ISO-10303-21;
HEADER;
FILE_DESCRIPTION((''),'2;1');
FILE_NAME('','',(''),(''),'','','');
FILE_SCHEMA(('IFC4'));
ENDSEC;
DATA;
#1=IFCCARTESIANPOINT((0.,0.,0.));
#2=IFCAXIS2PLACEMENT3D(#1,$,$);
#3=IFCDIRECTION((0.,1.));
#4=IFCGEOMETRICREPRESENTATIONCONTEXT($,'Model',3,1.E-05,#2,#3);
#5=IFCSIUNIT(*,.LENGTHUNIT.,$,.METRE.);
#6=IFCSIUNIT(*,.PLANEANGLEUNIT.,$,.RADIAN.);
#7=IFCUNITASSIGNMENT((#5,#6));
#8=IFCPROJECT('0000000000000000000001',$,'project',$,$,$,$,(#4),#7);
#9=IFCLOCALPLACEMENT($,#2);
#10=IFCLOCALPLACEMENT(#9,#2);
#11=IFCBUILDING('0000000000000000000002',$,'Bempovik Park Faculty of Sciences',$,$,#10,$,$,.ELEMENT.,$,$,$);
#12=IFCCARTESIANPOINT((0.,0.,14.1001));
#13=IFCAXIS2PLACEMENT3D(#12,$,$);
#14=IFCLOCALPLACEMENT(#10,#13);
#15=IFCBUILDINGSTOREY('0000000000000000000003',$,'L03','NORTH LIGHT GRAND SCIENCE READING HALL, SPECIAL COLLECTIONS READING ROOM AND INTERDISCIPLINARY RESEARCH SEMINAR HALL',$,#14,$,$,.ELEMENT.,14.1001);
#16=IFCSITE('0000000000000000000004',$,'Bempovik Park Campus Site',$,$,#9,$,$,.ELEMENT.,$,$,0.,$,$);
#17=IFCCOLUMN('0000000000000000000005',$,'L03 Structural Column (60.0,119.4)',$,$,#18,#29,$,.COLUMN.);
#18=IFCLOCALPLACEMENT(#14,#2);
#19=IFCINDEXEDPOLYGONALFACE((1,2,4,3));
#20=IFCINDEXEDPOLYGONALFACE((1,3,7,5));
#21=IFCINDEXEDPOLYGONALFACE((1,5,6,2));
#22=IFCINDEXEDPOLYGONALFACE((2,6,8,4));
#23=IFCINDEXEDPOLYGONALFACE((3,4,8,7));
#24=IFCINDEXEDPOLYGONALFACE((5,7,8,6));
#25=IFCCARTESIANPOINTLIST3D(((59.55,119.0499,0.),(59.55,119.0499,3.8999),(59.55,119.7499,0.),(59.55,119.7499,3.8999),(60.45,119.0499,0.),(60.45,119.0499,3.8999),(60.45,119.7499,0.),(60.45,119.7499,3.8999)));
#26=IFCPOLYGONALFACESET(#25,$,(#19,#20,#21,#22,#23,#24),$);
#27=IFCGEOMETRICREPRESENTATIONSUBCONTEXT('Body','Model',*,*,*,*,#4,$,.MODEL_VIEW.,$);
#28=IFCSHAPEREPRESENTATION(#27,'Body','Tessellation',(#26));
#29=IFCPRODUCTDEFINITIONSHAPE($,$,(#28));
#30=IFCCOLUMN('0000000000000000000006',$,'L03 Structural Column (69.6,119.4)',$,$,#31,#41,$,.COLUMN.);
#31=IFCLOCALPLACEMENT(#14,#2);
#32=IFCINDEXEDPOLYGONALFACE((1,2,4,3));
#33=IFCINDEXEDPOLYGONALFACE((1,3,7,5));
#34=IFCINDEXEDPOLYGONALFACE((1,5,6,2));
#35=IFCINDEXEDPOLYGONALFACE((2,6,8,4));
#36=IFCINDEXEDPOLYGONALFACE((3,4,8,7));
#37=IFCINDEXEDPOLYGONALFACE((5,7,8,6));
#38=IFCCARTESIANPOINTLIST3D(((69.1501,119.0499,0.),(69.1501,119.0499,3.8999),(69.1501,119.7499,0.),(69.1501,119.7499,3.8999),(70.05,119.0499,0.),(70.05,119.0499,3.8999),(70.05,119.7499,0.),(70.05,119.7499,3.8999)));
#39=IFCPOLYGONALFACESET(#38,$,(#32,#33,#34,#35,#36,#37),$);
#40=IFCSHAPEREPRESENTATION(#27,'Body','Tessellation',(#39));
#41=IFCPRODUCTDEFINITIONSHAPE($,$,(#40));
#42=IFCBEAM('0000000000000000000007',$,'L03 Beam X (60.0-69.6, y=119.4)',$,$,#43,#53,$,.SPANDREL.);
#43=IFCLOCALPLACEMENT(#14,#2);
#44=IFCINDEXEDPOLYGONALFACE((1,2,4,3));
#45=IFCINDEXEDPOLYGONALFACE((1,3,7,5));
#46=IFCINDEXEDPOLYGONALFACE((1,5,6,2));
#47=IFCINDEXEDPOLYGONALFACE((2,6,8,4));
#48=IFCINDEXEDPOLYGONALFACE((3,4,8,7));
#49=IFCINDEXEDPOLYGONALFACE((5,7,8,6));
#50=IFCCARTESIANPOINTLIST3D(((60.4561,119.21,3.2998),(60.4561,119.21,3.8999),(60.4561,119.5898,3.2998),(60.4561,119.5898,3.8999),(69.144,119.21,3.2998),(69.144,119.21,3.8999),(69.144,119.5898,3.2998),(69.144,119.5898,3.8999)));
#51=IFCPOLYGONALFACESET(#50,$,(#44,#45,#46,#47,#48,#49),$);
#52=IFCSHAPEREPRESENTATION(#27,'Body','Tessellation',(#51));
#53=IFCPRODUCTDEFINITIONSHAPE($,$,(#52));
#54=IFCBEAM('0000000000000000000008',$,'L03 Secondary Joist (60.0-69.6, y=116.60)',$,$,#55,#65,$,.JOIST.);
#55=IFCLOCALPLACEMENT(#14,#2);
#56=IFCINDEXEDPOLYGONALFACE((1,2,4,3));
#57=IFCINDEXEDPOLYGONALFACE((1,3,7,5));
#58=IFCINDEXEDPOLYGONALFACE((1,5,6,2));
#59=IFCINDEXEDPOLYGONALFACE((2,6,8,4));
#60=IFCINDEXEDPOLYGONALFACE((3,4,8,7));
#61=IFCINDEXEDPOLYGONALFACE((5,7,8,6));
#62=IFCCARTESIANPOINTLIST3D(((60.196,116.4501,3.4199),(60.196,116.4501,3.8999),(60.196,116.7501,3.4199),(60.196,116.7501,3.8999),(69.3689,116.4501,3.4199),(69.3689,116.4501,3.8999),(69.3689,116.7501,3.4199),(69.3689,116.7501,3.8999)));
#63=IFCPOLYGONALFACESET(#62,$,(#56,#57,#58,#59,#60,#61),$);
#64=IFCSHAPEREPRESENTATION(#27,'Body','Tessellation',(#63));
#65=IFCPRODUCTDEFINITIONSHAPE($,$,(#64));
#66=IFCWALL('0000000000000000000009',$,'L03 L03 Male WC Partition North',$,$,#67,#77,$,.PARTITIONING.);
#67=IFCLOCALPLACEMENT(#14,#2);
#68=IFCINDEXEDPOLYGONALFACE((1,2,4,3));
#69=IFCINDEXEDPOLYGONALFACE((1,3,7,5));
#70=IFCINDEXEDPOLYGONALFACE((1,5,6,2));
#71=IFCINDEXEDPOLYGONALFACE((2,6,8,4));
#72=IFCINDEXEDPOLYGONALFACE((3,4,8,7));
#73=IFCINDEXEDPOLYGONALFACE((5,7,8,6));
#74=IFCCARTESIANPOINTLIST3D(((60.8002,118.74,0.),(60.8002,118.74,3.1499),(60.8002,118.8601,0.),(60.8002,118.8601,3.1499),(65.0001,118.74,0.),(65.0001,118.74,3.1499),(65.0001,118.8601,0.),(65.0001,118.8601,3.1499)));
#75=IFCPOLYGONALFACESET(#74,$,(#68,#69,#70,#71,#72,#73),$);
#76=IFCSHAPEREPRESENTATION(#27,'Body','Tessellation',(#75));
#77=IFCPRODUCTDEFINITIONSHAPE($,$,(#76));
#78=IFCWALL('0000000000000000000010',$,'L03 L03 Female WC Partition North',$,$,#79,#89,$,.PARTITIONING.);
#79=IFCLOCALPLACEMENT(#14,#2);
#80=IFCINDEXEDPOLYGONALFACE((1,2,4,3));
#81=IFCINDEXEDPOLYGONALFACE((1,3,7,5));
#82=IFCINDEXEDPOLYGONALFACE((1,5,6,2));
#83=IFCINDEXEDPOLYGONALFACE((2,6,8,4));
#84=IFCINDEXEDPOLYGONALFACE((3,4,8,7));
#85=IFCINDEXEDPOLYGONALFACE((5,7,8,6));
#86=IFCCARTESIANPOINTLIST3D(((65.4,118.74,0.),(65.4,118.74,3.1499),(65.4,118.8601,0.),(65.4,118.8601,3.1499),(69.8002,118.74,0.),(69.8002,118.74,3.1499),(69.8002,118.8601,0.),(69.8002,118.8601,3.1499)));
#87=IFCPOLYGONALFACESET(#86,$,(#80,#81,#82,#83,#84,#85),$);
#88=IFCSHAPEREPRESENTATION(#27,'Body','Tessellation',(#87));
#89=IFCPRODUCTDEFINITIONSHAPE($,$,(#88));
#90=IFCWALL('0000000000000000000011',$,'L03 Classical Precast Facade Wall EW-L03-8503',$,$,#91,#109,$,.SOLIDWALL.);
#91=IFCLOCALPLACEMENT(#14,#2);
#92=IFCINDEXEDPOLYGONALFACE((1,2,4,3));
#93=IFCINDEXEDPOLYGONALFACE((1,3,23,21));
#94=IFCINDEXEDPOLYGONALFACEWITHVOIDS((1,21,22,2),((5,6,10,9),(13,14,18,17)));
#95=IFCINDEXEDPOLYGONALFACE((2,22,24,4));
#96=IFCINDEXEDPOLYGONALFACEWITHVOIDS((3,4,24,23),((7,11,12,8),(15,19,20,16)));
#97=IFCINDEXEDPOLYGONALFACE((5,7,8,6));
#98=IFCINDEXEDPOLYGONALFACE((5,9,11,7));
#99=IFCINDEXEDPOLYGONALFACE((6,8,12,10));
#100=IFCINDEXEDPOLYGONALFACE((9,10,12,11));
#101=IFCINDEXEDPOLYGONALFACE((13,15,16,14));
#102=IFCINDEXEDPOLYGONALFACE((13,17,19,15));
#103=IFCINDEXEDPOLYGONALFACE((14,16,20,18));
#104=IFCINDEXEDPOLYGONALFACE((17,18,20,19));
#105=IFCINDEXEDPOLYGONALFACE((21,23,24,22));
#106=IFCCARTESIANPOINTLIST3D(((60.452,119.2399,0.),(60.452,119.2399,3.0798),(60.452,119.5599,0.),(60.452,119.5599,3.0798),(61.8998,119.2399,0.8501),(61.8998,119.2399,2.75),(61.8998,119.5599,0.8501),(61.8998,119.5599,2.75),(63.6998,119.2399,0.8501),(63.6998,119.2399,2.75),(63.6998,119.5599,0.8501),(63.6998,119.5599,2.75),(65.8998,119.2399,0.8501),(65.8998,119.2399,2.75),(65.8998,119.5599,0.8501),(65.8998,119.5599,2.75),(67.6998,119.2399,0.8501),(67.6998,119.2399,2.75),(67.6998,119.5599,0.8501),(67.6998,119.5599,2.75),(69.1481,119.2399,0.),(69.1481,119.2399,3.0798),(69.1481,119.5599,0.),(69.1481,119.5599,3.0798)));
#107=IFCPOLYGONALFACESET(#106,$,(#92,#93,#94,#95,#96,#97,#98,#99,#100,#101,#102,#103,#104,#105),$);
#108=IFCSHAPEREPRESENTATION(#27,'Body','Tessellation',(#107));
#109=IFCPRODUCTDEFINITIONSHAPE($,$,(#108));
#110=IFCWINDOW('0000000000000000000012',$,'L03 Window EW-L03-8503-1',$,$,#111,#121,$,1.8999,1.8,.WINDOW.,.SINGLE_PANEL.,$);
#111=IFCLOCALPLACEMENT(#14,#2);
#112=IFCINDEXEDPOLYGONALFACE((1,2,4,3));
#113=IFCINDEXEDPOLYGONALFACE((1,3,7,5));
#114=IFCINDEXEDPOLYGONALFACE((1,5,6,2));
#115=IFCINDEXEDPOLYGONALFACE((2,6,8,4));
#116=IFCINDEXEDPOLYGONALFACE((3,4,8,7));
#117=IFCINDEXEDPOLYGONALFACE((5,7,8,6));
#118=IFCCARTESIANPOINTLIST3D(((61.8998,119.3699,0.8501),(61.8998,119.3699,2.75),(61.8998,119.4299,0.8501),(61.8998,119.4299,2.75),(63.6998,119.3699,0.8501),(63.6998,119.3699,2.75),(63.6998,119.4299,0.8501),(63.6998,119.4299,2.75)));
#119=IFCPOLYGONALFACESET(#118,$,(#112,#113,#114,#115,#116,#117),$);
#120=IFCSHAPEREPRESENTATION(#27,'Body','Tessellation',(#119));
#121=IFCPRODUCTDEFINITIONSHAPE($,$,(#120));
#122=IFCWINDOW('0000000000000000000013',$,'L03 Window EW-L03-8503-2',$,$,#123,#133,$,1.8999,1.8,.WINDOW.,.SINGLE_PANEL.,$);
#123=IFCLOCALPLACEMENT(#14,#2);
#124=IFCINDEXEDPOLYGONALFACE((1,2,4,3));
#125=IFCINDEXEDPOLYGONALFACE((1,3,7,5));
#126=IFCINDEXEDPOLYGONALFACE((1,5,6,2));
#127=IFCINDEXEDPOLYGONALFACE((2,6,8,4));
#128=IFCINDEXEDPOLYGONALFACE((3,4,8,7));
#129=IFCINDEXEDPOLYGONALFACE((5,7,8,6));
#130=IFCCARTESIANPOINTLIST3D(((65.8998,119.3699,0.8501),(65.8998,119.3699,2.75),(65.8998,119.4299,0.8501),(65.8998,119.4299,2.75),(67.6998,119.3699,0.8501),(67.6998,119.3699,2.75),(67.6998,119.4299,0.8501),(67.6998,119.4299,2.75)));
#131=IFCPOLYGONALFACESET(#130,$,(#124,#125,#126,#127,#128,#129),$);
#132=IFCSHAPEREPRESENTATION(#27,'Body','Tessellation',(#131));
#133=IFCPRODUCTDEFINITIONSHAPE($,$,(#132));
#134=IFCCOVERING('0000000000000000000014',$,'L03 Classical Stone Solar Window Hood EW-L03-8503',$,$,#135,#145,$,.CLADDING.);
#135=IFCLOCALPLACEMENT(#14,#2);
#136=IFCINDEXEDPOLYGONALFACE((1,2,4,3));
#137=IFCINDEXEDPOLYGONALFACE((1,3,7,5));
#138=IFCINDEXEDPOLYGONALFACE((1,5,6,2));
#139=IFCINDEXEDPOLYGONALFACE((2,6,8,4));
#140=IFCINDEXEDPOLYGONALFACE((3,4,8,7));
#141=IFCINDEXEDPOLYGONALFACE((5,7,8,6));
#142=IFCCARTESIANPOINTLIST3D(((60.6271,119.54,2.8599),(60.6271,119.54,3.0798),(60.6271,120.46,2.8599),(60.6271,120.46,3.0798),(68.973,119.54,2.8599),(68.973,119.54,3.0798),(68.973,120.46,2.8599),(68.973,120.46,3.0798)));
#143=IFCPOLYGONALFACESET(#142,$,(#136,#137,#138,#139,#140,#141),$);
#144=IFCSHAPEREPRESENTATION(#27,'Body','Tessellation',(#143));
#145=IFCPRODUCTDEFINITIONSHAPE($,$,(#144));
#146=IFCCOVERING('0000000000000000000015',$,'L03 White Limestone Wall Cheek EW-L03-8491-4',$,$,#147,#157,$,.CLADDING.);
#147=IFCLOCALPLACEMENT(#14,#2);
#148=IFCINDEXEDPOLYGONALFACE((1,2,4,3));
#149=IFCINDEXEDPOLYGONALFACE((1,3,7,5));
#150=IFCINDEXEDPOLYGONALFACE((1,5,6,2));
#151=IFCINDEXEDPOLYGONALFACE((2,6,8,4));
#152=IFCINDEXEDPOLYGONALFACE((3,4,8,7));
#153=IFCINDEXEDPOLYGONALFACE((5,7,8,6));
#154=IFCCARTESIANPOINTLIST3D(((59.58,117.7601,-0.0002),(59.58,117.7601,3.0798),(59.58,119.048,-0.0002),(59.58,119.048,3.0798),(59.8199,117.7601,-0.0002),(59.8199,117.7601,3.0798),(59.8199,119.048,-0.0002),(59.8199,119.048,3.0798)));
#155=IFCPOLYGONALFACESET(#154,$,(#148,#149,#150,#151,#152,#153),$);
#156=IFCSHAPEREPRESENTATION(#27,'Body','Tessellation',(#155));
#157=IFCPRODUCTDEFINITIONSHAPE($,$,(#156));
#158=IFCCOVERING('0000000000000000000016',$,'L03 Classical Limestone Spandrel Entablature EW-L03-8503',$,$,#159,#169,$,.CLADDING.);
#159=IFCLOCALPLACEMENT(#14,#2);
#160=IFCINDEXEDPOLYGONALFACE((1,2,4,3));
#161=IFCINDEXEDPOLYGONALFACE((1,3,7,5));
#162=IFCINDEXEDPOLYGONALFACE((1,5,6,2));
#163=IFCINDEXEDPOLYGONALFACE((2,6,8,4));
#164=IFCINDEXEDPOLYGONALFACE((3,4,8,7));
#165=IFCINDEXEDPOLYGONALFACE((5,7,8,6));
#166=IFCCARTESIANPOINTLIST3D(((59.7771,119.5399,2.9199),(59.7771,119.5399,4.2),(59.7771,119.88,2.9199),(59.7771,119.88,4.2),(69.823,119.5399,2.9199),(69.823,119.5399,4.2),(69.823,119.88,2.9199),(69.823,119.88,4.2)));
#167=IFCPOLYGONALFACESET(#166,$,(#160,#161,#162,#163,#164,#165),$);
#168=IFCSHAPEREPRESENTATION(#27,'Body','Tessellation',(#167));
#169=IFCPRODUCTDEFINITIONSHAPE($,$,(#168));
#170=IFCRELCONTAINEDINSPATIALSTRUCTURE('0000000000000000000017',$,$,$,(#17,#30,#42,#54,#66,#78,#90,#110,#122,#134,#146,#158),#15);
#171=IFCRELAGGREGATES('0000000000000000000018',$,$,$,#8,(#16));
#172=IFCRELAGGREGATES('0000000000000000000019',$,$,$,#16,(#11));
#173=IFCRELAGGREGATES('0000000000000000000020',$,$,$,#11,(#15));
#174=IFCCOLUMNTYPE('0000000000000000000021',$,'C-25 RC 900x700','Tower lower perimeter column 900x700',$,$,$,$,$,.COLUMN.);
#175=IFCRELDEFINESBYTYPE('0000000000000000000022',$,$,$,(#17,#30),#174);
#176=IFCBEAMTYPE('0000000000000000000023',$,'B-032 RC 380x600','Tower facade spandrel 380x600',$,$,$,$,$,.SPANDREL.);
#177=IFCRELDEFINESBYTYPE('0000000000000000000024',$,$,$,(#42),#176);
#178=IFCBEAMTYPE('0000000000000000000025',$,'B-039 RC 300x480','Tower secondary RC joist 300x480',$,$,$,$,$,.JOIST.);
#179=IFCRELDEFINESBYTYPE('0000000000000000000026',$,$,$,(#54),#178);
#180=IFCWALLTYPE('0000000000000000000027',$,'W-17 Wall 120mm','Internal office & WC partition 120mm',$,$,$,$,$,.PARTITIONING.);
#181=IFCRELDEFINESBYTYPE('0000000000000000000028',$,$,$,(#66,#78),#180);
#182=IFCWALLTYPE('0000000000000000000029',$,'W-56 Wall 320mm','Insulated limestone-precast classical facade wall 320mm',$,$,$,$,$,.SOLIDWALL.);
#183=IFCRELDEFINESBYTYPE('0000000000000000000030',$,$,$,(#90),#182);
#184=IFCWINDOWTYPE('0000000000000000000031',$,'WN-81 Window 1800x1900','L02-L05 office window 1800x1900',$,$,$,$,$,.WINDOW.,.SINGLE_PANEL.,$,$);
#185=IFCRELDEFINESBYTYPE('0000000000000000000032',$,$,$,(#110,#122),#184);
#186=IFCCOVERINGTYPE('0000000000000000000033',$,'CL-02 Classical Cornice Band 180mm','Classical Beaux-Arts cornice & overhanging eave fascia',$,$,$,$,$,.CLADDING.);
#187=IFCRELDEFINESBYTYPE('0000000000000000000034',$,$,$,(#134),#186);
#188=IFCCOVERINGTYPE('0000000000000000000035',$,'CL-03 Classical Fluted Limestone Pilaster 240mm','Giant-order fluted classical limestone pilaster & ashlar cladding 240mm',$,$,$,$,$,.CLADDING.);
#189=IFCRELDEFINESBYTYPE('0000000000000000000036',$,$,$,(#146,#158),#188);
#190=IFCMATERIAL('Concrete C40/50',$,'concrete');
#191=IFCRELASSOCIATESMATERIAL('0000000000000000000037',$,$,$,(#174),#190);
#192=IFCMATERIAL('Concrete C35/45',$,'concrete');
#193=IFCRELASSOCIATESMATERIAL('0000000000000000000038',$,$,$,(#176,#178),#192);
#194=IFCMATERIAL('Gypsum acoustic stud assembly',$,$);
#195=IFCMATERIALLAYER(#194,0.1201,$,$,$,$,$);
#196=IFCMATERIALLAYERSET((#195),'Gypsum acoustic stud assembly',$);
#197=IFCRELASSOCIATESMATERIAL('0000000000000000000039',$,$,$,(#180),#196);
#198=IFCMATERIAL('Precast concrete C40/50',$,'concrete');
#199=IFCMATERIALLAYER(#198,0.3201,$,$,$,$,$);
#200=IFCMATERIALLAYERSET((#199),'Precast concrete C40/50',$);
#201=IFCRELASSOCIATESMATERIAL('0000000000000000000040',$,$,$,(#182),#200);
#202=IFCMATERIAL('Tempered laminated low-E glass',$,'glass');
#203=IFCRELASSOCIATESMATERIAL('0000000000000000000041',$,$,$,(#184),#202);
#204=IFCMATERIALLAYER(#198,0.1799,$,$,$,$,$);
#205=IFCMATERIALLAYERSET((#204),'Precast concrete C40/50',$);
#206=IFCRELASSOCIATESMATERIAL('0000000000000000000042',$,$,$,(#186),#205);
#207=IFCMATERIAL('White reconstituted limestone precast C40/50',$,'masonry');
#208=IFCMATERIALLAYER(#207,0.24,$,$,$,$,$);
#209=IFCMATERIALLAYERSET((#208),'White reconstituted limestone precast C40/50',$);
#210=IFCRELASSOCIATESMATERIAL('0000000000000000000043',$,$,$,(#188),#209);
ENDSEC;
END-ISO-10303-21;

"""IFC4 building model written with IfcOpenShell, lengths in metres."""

from ifc_helpers import new_model, si_unit, direction, frame, frame_2d, origin, origin_2d, place, context, subcontext, project, spatial, rectangle, extrude, material, layer, layer_set, material_profile, profile_set, type_object, element, fill, save


model = new_model("IFC4")

# Units and contexts
model_context = context("Model", 3, precision=1e-05, world=origin(), true_north=direction((0.0, 1.0)))
body_context = subcontext(model_context, "Body", "Model", "MODEL_VIEW")
ifc_project = project(units=[si_unit("LENGTHUNIT", "METRE"), si_unit("PLANEANGLEUNIT", "RADIAN")], contexts=[model_context])

# Site, building, storey
site_placement = place(None, origin())
site = spatial("IfcSite", under=ifc_project, at=site_placement, Name="Bempovik Park Campus Site", CompositionType="ELEMENT", RefElevation=0.0)
building_placement = place(site_placement, origin())
building = spatial("IfcBuilding", under=site, at=building_placement, Name="Bempovik Park Faculty of Sciences", CompositionType="ELEMENT")
storey_placement = place(building_placement, frame((0.0, 0.0, 14.1001)))
storey = spatial("IfcBuildingStorey", under=building, at=storey_placement, Name="L03", Description="NORTH LIGHT GRAND SCIENCE READING HALL, SPECIAL COLLECTIONS READING ROOM AND INTERDISCIPLINARY RESEARCH SEMINAR HALL", CompositionType="ELEMENT", Elevation=14.1001)

# Columns
ifc_material_1 = material(Name="Concrete C40/50", Category="concrete")
ifc_material_profile_1 = material_profile(ifc_material_1, rectangle(XDim=0.8999, YDim=0.7, at=origin_2d()), Name="RC 900x700")
ifc_profile_set_1 = profile_set([ifc_material_profile_1], Name="Concrete C40/50")
column_type = type_object("IfcColumnType", Name="C-25 RC 900x700", Description="Tower lower perimeter column 900x700", PredefinedType="COLUMN", material=ifc_profile_set_1)
for number, where, z_axis, x_axis, name in (
    (1, (60.0, 119.3999, 0.0), (0.0, 0.0, 1.0), (1.0, 0.0, 0.0), "L03 Structural Column (60.0,119.4)"),
    (2, (69.6001, 119.3999, 0.0), (0.0, 0.0, 1.0), (1.0, 0.0, 0.0), "L03 Structural Column (69.6,119.4)"),
):
    element("IfcColumn", number, at=place(storey_placement, frame(where, z_axis=z_axis, x_axis=x_axis)), inside=storey, type_object=column_type, Name=name, PredefinedType="COLUMN", context=body_context, shape_type="SweptSolid", body=[
        extrude(rectangle(XDim=0.8999, YDim=0.7, at=origin_2d()), origin(), (0.0, 0.0, 1.0), 3.8999),
    ])

# Beams
ifc_material_2 = material(Name="Concrete C35/45", Category="concrete")
ifc_material_profile_2 = material_profile(ifc_material_2, rectangle(XDim=0.3799, YDim=0.6001, at=origin_2d()), Name="RC 380x600")
ifc_profile_set_2 = profile_set([ifc_material_profile_2], Name="Concrete C35/45")
beam_type_1 = type_object("IfcBeamType", Name="B-032 RC 380x600", Description="Tower facade spandrel 380x600", PredefinedType="SPANDREL", material=ifc_profile_set_2)
beam_1_placement = place(storey_placement, frame((60.4561, 119.3999, 3.5999), z_axis=(1.0, 0.0, 0.0), x_axis=(0.0, 1.0, 0.0)))
element("IfcBeam", 3, at=beam_1_placement, inside=storey, type_object=beam_type_1, Name="L03 Beam X (60.0-69.6, y=119.4)", PredefinedType="SPANDREL", context=body_context, shape_type="SweptSolid", body=[
    extrude(rectangle(XDim=0.3799, YDim=0.6001, at=origin_2d()), origin(), (0.0, 0.0, 1.0), 8.688),
])
ifc_material_profile_3 = material_profile(ifc_material_2, rectangle(XDim=0.3, YDim=0.48, at=origin_2d()), Name="RC 300x480")
ifc_profile_set_3 = profile_set([ifc_material_profile_3], Name="Concrete C35/45")
beam_type_2 = type_object("IfcBeamType", Name="B-039 RC 300x480", Description="Tower secondary RC joist 300x480", PredefinedType="JOIST", material=ifc_profile_set_3)
beam_2_placement = place(storey_placement, frame((60.196, 116.6001, 3.6599), z_axis=(1.0, 0.0, 0.0), x_axis=(0.0, 1.0, 0.0)))
element("IfcBeam", 4, at=beam_2_placement, inside=storey, type_object=beam_type_2, Name="L03 Secondary Joist (60.0-69.6, y=116.60)", PredefinedType="JOIST", context=body_context, shape_type="SweptSolid", body=[
    extrude(rectangle(XDim=0.3, YDim=0.48, at=origin_2d()), origin(), (0.0, 0.0, 1.0), 9.1729),
])

# Walls
ifc_material_3 = material(Name="Gypsum acoustic stud assembly")
ifc_layer_1 = layer(ifc_material_3, 0.1201)
ifc_layer_set_1 = layer_set([ifc_layer_1], Name="Gypsum acoustic stud assembly")
wall_type_1 = type_object("IfcWallType", Name="W-17 Wall 120mm", Description="Internal office & WC partition 120mm", PredefinedType="PARTITIONING", material=ifc_layer_set_1)
wall_1_placement = place(storey_placement, frame((60.8, 118.8, 0.0), z_axis=(0.0, 0.0, 1.0), x_axis=(1.0, 0.0, 0.0)))
element("IfcWall", 5, at=wall_1_placement, inside=storey, type_object=wall_type_1, Name="L03 L03 Male WC Partition North", PredefinedType="PARTITIONING", context=body_context, shape_type="SweptSolid", body=[
    extrude(rectangle(XDim=4.2, YDim=0.1201, at=frame_2d((2.1001, 0.0))), origin(), (0.0, 0.0, 1.0), 3.1499),
])
wall_2_placement = place(storey_placement, frame((65.3999, 118.8, 0.0), z_axis=(0.0, 0.0, 1.0), x_axis=(1.0, 0.0, 0.0)))
element("IfcWall", 6, at=wall_2_placement, inside=storey, type_object=wall_type_1, Name="L03 L03 Female WC Partition North", PredefinedType="PARTITIONING", context=body_context, shape_type="SweptSolid", body=[
    extrude(rectangle(XDim=4.4001, YDim=0.1201, at=frame_2d((2.2002, 0.0))), origin(), (0.0, 0.0, 1.0), 3.1499),
])

# Wall, openings, windows
ifc_material_4 = material(Name="Precast concrete C40/50", Category="concrete")
ifc_layer_2 = layer(ifc_material_4, 0.3201)
ifc_layer_set_2 = layer_set([ifc_layer_2], Name="Precast concrete C40/50")
wall_type_2 = type_object("IfcWallType", Name="W-56 Wall 320mm", Description="Insulated limestone-precast classical facade wall 320mm", PredefinedType="SOLIDWALL", material=ifc_layer_set_2)
wall_3_placement = place(storey_placement, frame((60.4519, 119.3999, 0.0), z_axis=(0.0, 0.0, 1.0), x_axis=(1.0, 0.0, 0.0)))
wall_3 = element("IfcWall", 7, at=wall_3_placement, inside=storey, type_object=wall_type_2, Name="L03 Classical Precast Facade Wall EW-L03-8503", PredefinedType="SOLIDWALL", context=body_context, shape_type="SweptSolid", body=[
    extrude(rectangle(XDim=8.696, YDim=0.3201, at=frame_2d((4.3481, 0.0))), origin(), (0.0, 0.0, 1.0), 3.0798),
])
opening_1_placement = place(wall_3_placement, frame((1.448, 0.0, 0.8501)))
opening_1 = element("IfcOpeningElement", 8, at=opening_1_placement, cuts=wall_3, PredefinedType="OPENING", context=body_context, shape_type="SweptSolid", body=[
    extrude(rectangle(XDim=1.8, YDim=1.8999, at=frame_2d((0.8999, 0.95))), frame((0.0, 0.1699, 0.0), z_axis=(0.0, -1.0, 0.0), x_axis=(1.0, 0.0, 0.0)), (0.0, 0.0, 1.0), 0.3401),
])
opening_2_placement = place(wall_3_placement, frame((5.448, 0.0, 0.8501)))
opening_2 = element("IfcOpeningElement", 9, at=opening_2_placement, cuts=wall_3, PredefinedType="OPENING", context=body_context, shape_type="SweptSolid", body=[
    extrude(rectangle(XDim=1.8, YDim=1.8999, at=frame_2d((0.8999, 0.95))), frame((0.0, 0.1699, 0.0), z_axis=(0.0, -1.0, 0.0), x_axis=(1.0, 0.0, 0.0)), (0.0, 0.0, 1.0), 0.3401),
])
ifc_material_5 = material(Name="Tempered laminated low-E glass", Category="glass")
window_type = type_object("IfcWindowType", Name="WN-81 Window 1800x1900", Description="L02-L05 office window 1800x1900", PartitioningType="SINGLE_PANEL", PredefinedType="WINDOW", material=ifc_material_5)
window_1_placement = place(opening_1_placement, origin())
window_1 = element("IfcWindow", 10, at=window_1_placement, inside=storey, type_object=window_type, Name="L03 Window EW-L03-8503-1", OverallHeight=1.8999, OverallWidth=1.8, PartitioningType="SINGLE_PANEL", PredefinedType="WINDOW", context=body_context, shape_type="SweptSolid", body=[
    extrude(rectangle(XDim=1.8, YDim=1.8999, at=frame_2d((0.8999, 0.95))), frame((0.0, 0.03, 0.0), z_axis=(0.0, -1.0, 0.0), x_axis=(1.0, 0.0, 0.0)), (0.0, 0.0, 1.0), 0.0601),
])
fill(opening_1, window_1)
window_2_placement = place(opening_2_placement, origin())
window_2 = element("IfcWindow", 11, at=window_2_placement, inside=storey, type_object=window_type, Name="L03 Window EW-L03-8503-2", OverallHeight=1.8999, OverallWidth=1.8, PartitioningType="SINGLE_PANEL", PredefinedType="WINDOW", context=body_context, shape_type="SweptSolid", body=[
    extrude(rectangle(XDim=1.8, YDim=1.8999, at=frame_2d((0.8999, 0.95))), frame((0.0, 0.03, 0.0), z_axis=(0.0, -1.0, 0.0), x_axis=(1.0, 0.0, 0.0)), (0.0, 0.0, 1.0), 0.0601),
])
fill(opening_2, window_2)

# Coverings
ifc_layer_3 = layer(ifc_material_4, 0.1799)
ifc_layer_set_3 = layer_set([ifc_layer_3], Name="Precast concrete C40/50")
covering_type_1 = type_object("IfcCoveringType", Name="CL-02 Classical Cornice Band 180mm", Description="Classical Beaux-Arts cornice & overhanging eave fascia", PredefinedType="CLADDING", material=ifc_layer_set_3)
covering_1_placement = place(storey_placement, frame((64.8, 120.0, 2.8599), z_axis=(0.0, 0.0, 1.0), x_axis=(1.0, 0.0, 0.0)))
element("IfcCovering", 12, at=covering_1_placement, inside=storey, type_object=covering_type_1, Name="L03 Classical Stone Solar Window Hood EW-L03-8503", PredefinedType="CLADDING", context=body_context, shape_type="SweptSolid", body=[
    extrude(rectangle(XDim=8.3459, YDim=0.9199, at=origin_2d()), origin(), (0.0, 0.0, 1.0), 0.22),
])
ifc_material_6 = material(Name="White reconstituted limestone precast C40/50", Category="masonry")
ifc_layer_4 = layer(ifc_material_6, 0.24)
ifc_layer_set_4 = layer_set([ifc_layer_4], Name="White reconstituted limestone precast C40/50")
covering_type_2 = type_object("IfcCoveringType", Name="CL-03 Classical Fluted Limestone Pilaster 240mm", Description="Giant-order fluted classical limestone pilaster & ashlar cladding 240mm", PredefinedType="CLADDING", material=ifc_layer_set_4)
covering_2_placement = place(storey_placement, frame((59.7, 118.4041, -0.0002), z_axis=(0.0, 0.0, 1.0), x_axis=(1.0, 0.0, 0.0)))
element("IfcCovering", 13, at=covering_2_placement, inside=storey, type_object=covering_type_2, Name="L03 White Limestone Wall Cheek EW-L03-8491-4", PredefinedType="CLADDING", context=body_context, shape_type="SweptSolid", body=[
    extrude(rectangle(XDim=0.24, YDim=1.2878, at=origin_2d()), origin(), (0.0, 0.0, 1.0), 3.0801),
])
covering_3_placement = place(storey_placement, frame((64.8, 119.71, 2.9199), z_axis=(0.0, 0.0, 1.0), x_axis=(1.0, 0.0, 0.0)))
element("IfcCovering", 14, at=covering_3_placement, inside=storey, type_object=covering_type_2, Name="L03 Classical Limestone Spandrel Entablature EW-L03-8503", PredefinedType="CLADDING", context=body_context, shape_type="SweptSolid", body=[
    extrude(rectangle(XDim=10.0459, YDim=0.3401, at=origin_2d()), origin(), (0.0, 0.0, 1.0), 1.28),
])

save(model, "model.ifc")
